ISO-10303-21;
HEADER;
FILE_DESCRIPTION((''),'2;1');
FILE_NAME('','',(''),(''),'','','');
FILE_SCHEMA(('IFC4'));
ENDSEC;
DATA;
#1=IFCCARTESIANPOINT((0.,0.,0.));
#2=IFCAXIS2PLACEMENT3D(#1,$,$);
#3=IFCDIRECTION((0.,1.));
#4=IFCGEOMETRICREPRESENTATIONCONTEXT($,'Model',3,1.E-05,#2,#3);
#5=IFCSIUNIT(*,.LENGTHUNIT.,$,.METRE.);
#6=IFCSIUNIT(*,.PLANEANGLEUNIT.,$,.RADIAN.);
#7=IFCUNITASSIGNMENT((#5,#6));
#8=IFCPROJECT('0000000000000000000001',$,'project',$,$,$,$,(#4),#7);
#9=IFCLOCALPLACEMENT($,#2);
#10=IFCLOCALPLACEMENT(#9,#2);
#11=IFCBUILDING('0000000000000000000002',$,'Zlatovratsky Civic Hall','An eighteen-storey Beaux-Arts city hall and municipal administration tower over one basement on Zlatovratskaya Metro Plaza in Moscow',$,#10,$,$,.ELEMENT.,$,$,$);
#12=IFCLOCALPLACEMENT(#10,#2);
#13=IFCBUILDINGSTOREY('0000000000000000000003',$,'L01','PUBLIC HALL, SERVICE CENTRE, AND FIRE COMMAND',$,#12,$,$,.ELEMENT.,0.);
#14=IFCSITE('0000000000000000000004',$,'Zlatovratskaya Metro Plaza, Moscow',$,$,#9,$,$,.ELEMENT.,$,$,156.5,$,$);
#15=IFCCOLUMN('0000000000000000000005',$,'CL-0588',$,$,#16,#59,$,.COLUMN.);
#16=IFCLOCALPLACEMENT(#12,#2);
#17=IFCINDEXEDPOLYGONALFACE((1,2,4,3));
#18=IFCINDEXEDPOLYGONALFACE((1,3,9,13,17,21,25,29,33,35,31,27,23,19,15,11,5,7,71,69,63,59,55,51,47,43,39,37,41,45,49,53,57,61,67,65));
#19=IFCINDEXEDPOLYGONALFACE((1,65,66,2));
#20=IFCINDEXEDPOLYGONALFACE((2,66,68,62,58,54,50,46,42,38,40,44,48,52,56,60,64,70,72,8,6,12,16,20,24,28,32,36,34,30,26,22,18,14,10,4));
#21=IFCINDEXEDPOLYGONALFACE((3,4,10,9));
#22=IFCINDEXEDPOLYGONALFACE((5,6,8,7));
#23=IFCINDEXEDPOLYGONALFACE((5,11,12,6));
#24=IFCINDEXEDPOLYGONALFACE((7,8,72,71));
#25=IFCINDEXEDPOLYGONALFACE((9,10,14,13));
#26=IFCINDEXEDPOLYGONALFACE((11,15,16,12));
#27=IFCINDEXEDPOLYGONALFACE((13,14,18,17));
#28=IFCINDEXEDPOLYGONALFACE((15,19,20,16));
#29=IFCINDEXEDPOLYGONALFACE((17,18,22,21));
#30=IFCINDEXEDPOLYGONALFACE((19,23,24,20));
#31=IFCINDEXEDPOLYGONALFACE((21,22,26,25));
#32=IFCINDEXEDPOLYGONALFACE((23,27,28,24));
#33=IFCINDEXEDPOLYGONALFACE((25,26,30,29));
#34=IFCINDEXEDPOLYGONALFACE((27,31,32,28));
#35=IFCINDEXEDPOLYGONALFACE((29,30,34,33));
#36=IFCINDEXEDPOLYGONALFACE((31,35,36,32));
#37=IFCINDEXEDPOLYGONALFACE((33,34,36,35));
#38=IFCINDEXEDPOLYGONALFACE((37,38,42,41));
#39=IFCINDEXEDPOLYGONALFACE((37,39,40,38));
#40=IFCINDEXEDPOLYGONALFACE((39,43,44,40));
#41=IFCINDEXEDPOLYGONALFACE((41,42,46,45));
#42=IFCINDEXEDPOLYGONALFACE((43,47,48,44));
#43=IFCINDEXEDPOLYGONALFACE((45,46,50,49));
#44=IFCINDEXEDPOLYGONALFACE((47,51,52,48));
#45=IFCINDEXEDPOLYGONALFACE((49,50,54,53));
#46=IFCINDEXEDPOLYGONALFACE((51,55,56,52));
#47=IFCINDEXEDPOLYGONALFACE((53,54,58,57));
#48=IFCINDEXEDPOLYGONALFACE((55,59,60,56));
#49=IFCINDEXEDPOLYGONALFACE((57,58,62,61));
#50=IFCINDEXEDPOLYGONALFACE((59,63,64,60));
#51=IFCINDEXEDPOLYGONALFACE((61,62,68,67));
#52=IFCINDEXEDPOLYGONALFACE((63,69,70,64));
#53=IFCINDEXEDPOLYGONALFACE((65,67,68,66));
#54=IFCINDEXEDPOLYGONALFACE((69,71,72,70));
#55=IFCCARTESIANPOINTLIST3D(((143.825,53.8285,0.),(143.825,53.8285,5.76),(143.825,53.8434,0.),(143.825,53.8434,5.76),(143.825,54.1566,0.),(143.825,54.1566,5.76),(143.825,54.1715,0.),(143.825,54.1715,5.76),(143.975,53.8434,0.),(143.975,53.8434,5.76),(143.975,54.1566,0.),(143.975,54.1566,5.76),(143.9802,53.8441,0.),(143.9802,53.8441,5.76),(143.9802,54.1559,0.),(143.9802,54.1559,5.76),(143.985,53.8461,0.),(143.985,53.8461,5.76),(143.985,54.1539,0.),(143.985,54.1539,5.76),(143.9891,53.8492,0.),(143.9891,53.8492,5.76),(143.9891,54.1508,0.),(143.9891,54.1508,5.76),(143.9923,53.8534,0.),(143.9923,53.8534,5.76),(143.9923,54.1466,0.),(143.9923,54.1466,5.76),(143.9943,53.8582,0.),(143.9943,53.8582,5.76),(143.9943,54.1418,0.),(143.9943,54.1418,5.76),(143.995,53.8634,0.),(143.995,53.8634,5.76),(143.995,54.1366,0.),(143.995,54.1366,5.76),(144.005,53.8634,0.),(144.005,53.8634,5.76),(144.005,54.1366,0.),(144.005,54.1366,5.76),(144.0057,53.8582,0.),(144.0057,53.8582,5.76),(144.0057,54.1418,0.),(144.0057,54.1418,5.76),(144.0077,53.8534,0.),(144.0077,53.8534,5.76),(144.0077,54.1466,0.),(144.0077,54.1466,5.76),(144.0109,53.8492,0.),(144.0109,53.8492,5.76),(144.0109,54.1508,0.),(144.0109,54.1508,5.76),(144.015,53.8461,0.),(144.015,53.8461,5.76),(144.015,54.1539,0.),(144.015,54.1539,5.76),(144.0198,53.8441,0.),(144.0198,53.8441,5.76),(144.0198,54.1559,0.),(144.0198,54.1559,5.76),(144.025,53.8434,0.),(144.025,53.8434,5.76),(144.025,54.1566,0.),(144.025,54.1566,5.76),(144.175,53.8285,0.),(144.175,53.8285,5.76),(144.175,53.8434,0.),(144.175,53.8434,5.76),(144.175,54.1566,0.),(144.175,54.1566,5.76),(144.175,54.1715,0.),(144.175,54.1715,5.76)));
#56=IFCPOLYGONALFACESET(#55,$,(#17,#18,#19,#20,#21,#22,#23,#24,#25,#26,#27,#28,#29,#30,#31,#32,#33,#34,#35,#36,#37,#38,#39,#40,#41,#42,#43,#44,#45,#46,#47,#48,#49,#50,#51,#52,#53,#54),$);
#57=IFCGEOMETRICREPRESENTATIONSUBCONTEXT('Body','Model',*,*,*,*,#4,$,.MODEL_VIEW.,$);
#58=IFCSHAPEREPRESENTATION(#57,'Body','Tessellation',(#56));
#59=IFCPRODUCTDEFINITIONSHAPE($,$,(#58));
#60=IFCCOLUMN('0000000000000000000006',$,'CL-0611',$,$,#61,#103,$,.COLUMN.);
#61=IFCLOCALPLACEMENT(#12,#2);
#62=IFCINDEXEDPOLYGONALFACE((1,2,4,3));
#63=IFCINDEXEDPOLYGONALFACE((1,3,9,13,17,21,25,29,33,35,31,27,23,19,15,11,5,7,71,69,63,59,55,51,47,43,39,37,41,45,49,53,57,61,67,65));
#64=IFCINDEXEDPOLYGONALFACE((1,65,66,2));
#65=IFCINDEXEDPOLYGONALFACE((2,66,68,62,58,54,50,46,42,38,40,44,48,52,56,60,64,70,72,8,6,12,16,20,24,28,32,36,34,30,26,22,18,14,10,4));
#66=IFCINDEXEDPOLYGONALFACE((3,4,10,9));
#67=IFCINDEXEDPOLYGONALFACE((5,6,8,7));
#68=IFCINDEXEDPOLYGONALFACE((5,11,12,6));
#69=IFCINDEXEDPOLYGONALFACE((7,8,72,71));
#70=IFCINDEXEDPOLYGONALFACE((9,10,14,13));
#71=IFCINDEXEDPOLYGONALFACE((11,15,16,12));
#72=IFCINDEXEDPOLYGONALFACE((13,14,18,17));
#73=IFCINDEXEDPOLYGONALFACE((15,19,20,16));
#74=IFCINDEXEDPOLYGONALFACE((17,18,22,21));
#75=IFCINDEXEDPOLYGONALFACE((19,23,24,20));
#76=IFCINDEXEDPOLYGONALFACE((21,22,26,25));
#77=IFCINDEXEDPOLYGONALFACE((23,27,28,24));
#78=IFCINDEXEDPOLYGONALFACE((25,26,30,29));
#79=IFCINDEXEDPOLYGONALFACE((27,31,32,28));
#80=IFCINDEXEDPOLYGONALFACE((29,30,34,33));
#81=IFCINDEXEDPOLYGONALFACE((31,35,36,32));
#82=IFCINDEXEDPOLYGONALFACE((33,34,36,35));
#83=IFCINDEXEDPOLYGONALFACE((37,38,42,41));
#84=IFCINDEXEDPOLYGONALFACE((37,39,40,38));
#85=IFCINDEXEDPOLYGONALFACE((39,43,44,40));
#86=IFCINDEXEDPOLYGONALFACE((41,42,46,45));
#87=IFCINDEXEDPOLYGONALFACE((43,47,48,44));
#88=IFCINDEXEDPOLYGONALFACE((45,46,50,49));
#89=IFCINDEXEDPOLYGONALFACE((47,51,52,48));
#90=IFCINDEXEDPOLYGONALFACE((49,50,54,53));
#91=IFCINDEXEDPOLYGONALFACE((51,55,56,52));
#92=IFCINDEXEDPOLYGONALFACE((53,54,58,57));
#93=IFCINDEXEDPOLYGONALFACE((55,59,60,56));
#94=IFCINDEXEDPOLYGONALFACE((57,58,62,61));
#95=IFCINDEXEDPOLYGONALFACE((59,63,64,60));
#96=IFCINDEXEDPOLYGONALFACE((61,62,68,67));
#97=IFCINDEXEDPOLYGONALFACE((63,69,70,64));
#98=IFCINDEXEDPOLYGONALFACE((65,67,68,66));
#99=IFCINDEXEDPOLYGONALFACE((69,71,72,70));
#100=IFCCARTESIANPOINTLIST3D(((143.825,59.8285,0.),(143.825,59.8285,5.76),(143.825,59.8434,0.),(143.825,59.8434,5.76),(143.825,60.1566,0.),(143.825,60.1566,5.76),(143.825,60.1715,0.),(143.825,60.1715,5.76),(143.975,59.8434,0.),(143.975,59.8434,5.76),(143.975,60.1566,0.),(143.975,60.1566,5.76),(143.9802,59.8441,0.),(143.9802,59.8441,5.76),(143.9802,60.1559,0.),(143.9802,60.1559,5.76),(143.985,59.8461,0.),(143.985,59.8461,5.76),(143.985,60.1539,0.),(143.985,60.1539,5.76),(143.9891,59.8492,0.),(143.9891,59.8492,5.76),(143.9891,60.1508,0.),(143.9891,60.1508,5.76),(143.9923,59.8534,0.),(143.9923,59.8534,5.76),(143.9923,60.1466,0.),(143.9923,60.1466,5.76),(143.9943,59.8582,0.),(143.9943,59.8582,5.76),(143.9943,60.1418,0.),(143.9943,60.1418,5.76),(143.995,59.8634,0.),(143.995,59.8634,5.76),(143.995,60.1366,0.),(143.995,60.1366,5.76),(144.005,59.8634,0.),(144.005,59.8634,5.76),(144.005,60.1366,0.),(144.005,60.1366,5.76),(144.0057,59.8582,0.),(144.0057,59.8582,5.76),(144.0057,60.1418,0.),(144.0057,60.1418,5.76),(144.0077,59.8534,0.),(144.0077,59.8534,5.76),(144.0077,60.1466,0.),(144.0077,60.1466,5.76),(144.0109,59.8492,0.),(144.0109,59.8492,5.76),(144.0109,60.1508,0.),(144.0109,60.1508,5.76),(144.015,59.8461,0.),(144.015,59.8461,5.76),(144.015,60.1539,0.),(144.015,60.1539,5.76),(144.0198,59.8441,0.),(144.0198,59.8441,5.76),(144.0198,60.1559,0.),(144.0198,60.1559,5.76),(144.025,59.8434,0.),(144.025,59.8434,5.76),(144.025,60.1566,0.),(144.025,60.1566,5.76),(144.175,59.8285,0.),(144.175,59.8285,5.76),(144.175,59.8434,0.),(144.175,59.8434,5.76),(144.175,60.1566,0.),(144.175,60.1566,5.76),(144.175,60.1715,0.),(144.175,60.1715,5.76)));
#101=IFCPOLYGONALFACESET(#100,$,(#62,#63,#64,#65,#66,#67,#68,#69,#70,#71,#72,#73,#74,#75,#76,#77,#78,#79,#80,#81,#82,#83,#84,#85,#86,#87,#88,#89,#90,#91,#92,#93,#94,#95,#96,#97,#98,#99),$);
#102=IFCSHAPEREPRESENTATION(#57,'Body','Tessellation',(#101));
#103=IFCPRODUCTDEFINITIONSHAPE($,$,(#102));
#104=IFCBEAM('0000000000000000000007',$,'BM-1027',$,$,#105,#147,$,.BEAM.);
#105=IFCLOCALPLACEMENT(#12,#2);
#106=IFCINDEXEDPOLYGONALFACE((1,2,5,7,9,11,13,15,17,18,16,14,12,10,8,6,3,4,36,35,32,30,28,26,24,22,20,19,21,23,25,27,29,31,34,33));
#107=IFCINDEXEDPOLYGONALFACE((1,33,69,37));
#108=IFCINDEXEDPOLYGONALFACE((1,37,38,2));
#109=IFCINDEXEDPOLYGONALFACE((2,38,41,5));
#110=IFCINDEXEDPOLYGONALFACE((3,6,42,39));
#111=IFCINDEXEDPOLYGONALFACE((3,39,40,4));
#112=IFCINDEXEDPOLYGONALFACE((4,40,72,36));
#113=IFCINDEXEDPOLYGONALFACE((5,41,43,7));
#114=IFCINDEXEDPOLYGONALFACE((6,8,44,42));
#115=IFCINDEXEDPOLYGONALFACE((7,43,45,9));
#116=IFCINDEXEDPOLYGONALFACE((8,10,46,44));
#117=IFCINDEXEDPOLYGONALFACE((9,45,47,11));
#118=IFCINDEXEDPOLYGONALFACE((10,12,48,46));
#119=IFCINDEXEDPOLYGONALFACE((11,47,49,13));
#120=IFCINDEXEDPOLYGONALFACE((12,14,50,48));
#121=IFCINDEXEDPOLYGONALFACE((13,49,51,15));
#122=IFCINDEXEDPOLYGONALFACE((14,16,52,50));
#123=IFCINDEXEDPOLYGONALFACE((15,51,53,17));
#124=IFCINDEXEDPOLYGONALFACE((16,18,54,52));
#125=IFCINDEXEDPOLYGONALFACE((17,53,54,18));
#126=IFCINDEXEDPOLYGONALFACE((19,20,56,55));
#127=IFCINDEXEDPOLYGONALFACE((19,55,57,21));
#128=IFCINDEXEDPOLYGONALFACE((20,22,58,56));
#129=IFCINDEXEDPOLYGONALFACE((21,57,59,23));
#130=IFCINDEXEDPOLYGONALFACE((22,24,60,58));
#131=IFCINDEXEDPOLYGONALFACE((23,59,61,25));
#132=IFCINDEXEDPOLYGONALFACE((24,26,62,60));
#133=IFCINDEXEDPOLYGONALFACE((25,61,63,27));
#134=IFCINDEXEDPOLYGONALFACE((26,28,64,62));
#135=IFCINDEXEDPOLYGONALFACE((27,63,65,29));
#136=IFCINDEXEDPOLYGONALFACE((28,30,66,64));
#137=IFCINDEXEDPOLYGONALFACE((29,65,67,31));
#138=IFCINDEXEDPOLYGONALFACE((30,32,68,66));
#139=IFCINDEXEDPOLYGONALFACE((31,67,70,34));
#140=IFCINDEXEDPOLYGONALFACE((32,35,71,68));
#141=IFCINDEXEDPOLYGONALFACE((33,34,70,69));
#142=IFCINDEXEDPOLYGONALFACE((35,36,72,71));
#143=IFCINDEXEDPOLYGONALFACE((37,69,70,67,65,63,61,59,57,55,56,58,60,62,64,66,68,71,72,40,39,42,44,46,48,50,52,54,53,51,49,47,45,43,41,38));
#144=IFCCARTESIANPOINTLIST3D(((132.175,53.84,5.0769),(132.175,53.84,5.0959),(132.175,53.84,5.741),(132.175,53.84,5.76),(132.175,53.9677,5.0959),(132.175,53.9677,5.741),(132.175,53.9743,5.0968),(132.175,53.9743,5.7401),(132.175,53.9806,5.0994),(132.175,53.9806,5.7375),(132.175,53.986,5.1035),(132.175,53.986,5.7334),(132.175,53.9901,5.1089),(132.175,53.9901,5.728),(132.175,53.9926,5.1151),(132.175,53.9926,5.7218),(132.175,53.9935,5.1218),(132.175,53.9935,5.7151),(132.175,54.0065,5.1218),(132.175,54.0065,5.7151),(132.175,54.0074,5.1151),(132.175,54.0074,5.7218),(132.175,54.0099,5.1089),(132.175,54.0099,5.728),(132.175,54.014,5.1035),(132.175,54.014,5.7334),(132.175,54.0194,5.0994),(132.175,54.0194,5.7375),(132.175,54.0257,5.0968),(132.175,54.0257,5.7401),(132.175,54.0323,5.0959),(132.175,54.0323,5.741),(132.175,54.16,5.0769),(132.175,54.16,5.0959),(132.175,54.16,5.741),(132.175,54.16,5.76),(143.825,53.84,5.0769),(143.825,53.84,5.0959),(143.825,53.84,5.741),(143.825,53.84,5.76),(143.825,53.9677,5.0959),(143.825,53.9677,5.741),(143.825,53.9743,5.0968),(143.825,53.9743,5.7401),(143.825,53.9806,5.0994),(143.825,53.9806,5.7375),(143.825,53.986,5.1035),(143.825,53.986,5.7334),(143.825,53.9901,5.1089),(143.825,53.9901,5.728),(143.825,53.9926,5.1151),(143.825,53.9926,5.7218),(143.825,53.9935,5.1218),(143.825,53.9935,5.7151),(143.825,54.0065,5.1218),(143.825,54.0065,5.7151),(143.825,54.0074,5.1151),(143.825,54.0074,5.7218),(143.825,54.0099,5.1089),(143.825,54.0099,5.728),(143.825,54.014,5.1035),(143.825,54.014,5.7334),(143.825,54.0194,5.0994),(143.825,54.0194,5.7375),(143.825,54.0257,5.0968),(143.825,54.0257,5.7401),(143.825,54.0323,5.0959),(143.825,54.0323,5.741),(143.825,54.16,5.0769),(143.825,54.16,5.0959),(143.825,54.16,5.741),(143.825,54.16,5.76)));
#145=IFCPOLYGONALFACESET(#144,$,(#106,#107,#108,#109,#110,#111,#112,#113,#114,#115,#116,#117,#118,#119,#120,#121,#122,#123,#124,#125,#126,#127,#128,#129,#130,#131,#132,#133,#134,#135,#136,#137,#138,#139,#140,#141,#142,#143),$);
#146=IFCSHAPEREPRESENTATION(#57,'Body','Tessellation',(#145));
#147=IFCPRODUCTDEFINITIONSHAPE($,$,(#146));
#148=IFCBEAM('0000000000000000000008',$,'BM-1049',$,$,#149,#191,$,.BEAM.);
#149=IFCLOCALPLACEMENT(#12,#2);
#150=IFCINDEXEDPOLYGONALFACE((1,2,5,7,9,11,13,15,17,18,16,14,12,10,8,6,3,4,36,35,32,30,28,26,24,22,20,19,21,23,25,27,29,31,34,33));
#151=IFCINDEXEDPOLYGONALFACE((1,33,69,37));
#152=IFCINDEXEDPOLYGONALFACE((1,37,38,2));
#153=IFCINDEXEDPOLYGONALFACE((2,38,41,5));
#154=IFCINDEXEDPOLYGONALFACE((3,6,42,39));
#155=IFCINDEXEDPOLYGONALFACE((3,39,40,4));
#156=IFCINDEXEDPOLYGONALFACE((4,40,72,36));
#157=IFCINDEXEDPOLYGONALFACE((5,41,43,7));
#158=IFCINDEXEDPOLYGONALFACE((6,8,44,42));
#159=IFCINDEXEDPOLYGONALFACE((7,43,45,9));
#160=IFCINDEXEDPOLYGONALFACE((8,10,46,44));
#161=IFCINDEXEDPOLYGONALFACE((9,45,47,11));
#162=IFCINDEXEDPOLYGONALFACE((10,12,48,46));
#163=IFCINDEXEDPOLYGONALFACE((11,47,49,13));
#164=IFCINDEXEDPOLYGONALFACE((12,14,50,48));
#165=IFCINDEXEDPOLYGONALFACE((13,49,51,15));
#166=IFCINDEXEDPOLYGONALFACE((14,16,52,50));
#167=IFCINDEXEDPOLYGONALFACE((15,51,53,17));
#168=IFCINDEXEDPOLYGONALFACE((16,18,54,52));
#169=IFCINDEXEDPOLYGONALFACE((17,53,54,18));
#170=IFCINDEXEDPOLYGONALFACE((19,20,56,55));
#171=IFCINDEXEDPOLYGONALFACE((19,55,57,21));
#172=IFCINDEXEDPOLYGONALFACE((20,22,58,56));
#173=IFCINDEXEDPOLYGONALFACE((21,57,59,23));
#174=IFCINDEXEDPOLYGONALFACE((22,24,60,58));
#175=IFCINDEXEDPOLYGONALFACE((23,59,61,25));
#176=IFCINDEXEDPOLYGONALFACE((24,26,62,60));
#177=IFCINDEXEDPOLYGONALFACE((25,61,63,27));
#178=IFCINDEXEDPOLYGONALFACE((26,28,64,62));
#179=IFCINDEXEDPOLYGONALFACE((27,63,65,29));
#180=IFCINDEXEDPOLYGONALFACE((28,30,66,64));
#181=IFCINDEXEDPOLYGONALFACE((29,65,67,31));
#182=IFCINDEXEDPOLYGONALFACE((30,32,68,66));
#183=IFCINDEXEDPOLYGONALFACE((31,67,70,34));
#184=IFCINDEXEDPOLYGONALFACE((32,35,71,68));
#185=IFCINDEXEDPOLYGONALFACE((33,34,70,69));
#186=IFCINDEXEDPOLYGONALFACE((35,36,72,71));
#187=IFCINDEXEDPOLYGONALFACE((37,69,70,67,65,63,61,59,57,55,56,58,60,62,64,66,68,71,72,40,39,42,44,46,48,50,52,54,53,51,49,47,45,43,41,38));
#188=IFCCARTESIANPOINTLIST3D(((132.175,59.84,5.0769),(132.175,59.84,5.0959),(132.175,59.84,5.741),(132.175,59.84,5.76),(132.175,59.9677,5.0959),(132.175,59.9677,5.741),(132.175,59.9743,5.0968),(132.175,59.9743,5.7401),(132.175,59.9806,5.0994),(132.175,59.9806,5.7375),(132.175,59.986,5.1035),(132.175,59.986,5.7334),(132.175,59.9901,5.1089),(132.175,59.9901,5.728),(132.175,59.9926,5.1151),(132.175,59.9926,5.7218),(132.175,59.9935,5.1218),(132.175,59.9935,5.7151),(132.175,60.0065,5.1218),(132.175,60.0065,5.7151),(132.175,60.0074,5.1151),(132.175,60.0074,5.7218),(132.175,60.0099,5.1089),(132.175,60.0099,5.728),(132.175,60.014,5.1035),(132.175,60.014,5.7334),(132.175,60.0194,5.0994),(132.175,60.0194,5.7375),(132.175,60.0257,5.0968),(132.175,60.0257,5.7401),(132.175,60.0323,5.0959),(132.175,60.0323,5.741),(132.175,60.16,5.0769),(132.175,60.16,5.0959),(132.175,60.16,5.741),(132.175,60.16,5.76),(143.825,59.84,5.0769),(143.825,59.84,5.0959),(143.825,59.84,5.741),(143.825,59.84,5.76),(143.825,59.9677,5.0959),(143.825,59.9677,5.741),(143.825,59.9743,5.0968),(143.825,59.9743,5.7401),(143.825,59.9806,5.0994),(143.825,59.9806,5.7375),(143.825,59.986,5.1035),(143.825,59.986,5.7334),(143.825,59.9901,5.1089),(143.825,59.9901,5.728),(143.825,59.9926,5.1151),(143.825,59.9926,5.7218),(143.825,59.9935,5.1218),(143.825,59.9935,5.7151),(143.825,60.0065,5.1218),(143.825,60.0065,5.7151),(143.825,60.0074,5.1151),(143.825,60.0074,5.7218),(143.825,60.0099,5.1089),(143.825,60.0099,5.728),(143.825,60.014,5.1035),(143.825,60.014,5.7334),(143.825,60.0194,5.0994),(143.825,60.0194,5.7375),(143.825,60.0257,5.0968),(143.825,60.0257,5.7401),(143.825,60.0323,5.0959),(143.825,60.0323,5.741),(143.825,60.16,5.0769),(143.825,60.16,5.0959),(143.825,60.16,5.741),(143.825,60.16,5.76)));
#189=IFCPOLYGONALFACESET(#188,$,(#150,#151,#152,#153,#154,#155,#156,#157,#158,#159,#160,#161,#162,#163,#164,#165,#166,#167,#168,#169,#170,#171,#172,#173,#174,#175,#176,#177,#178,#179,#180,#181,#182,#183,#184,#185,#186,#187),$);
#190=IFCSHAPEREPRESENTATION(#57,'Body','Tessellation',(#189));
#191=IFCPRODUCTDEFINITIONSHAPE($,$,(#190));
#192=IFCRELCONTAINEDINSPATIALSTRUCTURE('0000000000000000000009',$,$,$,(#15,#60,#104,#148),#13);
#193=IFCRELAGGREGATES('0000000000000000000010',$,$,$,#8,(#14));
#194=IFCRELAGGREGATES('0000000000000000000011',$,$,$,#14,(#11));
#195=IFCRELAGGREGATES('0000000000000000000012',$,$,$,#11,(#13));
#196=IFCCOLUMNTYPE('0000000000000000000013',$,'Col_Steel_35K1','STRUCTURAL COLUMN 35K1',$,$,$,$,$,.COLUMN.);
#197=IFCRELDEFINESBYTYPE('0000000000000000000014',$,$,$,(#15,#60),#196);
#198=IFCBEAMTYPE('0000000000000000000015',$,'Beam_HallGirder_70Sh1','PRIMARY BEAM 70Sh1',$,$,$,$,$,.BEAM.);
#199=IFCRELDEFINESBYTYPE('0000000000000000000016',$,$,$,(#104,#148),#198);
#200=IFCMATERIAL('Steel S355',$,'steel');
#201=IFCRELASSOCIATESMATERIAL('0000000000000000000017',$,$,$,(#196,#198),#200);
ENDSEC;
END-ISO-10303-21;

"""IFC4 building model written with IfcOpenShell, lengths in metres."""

from ifc_helpers import new_model, si_unit, direction, frame, origin, origin_2d, place, context, subcontext, project, spatial, i_section, extrude, material, material_profile, profile_set, type_object, element, save


model = new_model("IFC4")

# Units and contexts
model_context = context("Model", 3, precision=1e-05, world=origin(), true_north=direction((0.0, 1.0)))
body_context = subcontext(model_context, "Body", "Model", "MODEL_VIEW")
ifc_project = project(units=[si_unit("LENGTHUNIT", "METRE"), si_unit("PLANEANGLEUNIT", "RADIAN")], contexts=[model_context])

# Site, building, storey
site_placement = place(None, origin())
site = spatial("IfcSite", under=ifc_project, at=site_placement, Name="Zlatovratskaya Metro Plaza, Moscow", CompositionType="ELEMENT", RefElevation=156.5)
building_placement = place(site_placement, origin())
building = spatial("IfcBuilding", under=site, at=building_placement, Name="Zlatovratsky Civic Hall", Description="An eighteen-storey Beaux-Arts city hall and municipal administration tower over one basement on Zlatovratskaya Metro Plaza in Moscow", CompositionType="ELEMENT")
storey_placement = place(building_placement, origin())
storey = spatial("IfcBuildingStorey", under=building, at=storey_placement, Name="L01", Description="PUBLIC HALL, SERVICE CENTRE, AND FIRE COMMAND", CompositionType="ELEMENT", Elevation=0.0)

# Columns
ifc_material = material(Name="Steel S355", Category="steel")
ifc_material_profile_1 = material_profile(ifc_material, i_section(OverallWidth=0.3501, OverallDepth=0.343, WebThickness=0.01, FlangeThickness=0.0149, FilletRadius=0.02, at=origin_2d()), Name="35K1")
ifc_profile_set_1 = profile_set([ifc_material_profile_1], Name="Steel S355")
column_type = type_object("IfcColumnType", Name="Col_Steel_35K1", Description="STRUCTURAL COLUMN 35K1", PredefinedType="COLUMN", material=ifc_profile_set_1)
for number, where, z_axis, x_axis, name in (
    (1, (144.0, 54.0, 0.0), (0.0, 0.0, 1.0), (1.0, 0.0, 0.0), "CL-0588"),
    (2, (144.0, 60.0, 0.0), (0.0, 0.0, 1.0), (1.0, 0.0, 0.0), "CL-0611"),
):
    element("IfcColumn", number, at=place(storey_placement, frame(where, z_axis=z_axis, x_axis=x_axis)), inside=storey, type_object=column_type, Name=name, PredefinedType="COLUMN", context=body_context, shape_type="SweptSolid", body=[
        extrude(i_section(OverallWidth=0.3501, OverallDepth=0.343, WebThickness=0.01, FlangeThickness=0.0149, FilletRadius=0.02, at=origin_2d()), origin(), (0.0, 0.0, 1.0), 5.76),
    ])

# Beams
ifc_material_profile_2 = material_profile(ifc_material, i_section(OverallWidth=0.3201, OverallDepth=0.6831, WebThickness=0.0129, FlangeThickness=0.019, FilletRadius=0.0259, at=origin_2d()), Name="70Sh1")
ifc_profile_set_2 = profile_set([ifc_material_profile_2], Name="Steel S355")
beam_type_1 = type_object("IfcBeamType", Name="Beam_HallGirder_70Sh1", Description="PRIMARY BEAM 70Sh1", PredefinedType="BEAM", material=ifc_profile_set_2)
for number, where, z_axis, x_axis, name in (
    (3, (132.175, 54.0, 5.4185), (1.0, 0.0, 0.0), (0.0, 1.0, 0.0), "BM-1027"),
    (4, (132.175, 60.0, 5.4185), (1.0, 0.0, 0.0), (0.0, 1.0, 0.0), "BM-1049"),
):
    element("IfcBeam", number, at=place(storey_placement, frame(where, z_axis=z_axis, x_axis=x_axis)), inside=storey, type_object=beam_type_1, Name=name, PredefinedType="BEAM", context=body_context, shape_type="SweptSolid", body=[
        extrude(i_section(OverallWidth=0.3201, OverallDepth=0.6831, WebThickness=0.0129, FlangeThickness=0.019, FilletRadius=0.0259, at=origin_2d()), origin(), (0.0, 0.0, 1.0), 11.6499),
    ])

save(model, "model.ifc")
